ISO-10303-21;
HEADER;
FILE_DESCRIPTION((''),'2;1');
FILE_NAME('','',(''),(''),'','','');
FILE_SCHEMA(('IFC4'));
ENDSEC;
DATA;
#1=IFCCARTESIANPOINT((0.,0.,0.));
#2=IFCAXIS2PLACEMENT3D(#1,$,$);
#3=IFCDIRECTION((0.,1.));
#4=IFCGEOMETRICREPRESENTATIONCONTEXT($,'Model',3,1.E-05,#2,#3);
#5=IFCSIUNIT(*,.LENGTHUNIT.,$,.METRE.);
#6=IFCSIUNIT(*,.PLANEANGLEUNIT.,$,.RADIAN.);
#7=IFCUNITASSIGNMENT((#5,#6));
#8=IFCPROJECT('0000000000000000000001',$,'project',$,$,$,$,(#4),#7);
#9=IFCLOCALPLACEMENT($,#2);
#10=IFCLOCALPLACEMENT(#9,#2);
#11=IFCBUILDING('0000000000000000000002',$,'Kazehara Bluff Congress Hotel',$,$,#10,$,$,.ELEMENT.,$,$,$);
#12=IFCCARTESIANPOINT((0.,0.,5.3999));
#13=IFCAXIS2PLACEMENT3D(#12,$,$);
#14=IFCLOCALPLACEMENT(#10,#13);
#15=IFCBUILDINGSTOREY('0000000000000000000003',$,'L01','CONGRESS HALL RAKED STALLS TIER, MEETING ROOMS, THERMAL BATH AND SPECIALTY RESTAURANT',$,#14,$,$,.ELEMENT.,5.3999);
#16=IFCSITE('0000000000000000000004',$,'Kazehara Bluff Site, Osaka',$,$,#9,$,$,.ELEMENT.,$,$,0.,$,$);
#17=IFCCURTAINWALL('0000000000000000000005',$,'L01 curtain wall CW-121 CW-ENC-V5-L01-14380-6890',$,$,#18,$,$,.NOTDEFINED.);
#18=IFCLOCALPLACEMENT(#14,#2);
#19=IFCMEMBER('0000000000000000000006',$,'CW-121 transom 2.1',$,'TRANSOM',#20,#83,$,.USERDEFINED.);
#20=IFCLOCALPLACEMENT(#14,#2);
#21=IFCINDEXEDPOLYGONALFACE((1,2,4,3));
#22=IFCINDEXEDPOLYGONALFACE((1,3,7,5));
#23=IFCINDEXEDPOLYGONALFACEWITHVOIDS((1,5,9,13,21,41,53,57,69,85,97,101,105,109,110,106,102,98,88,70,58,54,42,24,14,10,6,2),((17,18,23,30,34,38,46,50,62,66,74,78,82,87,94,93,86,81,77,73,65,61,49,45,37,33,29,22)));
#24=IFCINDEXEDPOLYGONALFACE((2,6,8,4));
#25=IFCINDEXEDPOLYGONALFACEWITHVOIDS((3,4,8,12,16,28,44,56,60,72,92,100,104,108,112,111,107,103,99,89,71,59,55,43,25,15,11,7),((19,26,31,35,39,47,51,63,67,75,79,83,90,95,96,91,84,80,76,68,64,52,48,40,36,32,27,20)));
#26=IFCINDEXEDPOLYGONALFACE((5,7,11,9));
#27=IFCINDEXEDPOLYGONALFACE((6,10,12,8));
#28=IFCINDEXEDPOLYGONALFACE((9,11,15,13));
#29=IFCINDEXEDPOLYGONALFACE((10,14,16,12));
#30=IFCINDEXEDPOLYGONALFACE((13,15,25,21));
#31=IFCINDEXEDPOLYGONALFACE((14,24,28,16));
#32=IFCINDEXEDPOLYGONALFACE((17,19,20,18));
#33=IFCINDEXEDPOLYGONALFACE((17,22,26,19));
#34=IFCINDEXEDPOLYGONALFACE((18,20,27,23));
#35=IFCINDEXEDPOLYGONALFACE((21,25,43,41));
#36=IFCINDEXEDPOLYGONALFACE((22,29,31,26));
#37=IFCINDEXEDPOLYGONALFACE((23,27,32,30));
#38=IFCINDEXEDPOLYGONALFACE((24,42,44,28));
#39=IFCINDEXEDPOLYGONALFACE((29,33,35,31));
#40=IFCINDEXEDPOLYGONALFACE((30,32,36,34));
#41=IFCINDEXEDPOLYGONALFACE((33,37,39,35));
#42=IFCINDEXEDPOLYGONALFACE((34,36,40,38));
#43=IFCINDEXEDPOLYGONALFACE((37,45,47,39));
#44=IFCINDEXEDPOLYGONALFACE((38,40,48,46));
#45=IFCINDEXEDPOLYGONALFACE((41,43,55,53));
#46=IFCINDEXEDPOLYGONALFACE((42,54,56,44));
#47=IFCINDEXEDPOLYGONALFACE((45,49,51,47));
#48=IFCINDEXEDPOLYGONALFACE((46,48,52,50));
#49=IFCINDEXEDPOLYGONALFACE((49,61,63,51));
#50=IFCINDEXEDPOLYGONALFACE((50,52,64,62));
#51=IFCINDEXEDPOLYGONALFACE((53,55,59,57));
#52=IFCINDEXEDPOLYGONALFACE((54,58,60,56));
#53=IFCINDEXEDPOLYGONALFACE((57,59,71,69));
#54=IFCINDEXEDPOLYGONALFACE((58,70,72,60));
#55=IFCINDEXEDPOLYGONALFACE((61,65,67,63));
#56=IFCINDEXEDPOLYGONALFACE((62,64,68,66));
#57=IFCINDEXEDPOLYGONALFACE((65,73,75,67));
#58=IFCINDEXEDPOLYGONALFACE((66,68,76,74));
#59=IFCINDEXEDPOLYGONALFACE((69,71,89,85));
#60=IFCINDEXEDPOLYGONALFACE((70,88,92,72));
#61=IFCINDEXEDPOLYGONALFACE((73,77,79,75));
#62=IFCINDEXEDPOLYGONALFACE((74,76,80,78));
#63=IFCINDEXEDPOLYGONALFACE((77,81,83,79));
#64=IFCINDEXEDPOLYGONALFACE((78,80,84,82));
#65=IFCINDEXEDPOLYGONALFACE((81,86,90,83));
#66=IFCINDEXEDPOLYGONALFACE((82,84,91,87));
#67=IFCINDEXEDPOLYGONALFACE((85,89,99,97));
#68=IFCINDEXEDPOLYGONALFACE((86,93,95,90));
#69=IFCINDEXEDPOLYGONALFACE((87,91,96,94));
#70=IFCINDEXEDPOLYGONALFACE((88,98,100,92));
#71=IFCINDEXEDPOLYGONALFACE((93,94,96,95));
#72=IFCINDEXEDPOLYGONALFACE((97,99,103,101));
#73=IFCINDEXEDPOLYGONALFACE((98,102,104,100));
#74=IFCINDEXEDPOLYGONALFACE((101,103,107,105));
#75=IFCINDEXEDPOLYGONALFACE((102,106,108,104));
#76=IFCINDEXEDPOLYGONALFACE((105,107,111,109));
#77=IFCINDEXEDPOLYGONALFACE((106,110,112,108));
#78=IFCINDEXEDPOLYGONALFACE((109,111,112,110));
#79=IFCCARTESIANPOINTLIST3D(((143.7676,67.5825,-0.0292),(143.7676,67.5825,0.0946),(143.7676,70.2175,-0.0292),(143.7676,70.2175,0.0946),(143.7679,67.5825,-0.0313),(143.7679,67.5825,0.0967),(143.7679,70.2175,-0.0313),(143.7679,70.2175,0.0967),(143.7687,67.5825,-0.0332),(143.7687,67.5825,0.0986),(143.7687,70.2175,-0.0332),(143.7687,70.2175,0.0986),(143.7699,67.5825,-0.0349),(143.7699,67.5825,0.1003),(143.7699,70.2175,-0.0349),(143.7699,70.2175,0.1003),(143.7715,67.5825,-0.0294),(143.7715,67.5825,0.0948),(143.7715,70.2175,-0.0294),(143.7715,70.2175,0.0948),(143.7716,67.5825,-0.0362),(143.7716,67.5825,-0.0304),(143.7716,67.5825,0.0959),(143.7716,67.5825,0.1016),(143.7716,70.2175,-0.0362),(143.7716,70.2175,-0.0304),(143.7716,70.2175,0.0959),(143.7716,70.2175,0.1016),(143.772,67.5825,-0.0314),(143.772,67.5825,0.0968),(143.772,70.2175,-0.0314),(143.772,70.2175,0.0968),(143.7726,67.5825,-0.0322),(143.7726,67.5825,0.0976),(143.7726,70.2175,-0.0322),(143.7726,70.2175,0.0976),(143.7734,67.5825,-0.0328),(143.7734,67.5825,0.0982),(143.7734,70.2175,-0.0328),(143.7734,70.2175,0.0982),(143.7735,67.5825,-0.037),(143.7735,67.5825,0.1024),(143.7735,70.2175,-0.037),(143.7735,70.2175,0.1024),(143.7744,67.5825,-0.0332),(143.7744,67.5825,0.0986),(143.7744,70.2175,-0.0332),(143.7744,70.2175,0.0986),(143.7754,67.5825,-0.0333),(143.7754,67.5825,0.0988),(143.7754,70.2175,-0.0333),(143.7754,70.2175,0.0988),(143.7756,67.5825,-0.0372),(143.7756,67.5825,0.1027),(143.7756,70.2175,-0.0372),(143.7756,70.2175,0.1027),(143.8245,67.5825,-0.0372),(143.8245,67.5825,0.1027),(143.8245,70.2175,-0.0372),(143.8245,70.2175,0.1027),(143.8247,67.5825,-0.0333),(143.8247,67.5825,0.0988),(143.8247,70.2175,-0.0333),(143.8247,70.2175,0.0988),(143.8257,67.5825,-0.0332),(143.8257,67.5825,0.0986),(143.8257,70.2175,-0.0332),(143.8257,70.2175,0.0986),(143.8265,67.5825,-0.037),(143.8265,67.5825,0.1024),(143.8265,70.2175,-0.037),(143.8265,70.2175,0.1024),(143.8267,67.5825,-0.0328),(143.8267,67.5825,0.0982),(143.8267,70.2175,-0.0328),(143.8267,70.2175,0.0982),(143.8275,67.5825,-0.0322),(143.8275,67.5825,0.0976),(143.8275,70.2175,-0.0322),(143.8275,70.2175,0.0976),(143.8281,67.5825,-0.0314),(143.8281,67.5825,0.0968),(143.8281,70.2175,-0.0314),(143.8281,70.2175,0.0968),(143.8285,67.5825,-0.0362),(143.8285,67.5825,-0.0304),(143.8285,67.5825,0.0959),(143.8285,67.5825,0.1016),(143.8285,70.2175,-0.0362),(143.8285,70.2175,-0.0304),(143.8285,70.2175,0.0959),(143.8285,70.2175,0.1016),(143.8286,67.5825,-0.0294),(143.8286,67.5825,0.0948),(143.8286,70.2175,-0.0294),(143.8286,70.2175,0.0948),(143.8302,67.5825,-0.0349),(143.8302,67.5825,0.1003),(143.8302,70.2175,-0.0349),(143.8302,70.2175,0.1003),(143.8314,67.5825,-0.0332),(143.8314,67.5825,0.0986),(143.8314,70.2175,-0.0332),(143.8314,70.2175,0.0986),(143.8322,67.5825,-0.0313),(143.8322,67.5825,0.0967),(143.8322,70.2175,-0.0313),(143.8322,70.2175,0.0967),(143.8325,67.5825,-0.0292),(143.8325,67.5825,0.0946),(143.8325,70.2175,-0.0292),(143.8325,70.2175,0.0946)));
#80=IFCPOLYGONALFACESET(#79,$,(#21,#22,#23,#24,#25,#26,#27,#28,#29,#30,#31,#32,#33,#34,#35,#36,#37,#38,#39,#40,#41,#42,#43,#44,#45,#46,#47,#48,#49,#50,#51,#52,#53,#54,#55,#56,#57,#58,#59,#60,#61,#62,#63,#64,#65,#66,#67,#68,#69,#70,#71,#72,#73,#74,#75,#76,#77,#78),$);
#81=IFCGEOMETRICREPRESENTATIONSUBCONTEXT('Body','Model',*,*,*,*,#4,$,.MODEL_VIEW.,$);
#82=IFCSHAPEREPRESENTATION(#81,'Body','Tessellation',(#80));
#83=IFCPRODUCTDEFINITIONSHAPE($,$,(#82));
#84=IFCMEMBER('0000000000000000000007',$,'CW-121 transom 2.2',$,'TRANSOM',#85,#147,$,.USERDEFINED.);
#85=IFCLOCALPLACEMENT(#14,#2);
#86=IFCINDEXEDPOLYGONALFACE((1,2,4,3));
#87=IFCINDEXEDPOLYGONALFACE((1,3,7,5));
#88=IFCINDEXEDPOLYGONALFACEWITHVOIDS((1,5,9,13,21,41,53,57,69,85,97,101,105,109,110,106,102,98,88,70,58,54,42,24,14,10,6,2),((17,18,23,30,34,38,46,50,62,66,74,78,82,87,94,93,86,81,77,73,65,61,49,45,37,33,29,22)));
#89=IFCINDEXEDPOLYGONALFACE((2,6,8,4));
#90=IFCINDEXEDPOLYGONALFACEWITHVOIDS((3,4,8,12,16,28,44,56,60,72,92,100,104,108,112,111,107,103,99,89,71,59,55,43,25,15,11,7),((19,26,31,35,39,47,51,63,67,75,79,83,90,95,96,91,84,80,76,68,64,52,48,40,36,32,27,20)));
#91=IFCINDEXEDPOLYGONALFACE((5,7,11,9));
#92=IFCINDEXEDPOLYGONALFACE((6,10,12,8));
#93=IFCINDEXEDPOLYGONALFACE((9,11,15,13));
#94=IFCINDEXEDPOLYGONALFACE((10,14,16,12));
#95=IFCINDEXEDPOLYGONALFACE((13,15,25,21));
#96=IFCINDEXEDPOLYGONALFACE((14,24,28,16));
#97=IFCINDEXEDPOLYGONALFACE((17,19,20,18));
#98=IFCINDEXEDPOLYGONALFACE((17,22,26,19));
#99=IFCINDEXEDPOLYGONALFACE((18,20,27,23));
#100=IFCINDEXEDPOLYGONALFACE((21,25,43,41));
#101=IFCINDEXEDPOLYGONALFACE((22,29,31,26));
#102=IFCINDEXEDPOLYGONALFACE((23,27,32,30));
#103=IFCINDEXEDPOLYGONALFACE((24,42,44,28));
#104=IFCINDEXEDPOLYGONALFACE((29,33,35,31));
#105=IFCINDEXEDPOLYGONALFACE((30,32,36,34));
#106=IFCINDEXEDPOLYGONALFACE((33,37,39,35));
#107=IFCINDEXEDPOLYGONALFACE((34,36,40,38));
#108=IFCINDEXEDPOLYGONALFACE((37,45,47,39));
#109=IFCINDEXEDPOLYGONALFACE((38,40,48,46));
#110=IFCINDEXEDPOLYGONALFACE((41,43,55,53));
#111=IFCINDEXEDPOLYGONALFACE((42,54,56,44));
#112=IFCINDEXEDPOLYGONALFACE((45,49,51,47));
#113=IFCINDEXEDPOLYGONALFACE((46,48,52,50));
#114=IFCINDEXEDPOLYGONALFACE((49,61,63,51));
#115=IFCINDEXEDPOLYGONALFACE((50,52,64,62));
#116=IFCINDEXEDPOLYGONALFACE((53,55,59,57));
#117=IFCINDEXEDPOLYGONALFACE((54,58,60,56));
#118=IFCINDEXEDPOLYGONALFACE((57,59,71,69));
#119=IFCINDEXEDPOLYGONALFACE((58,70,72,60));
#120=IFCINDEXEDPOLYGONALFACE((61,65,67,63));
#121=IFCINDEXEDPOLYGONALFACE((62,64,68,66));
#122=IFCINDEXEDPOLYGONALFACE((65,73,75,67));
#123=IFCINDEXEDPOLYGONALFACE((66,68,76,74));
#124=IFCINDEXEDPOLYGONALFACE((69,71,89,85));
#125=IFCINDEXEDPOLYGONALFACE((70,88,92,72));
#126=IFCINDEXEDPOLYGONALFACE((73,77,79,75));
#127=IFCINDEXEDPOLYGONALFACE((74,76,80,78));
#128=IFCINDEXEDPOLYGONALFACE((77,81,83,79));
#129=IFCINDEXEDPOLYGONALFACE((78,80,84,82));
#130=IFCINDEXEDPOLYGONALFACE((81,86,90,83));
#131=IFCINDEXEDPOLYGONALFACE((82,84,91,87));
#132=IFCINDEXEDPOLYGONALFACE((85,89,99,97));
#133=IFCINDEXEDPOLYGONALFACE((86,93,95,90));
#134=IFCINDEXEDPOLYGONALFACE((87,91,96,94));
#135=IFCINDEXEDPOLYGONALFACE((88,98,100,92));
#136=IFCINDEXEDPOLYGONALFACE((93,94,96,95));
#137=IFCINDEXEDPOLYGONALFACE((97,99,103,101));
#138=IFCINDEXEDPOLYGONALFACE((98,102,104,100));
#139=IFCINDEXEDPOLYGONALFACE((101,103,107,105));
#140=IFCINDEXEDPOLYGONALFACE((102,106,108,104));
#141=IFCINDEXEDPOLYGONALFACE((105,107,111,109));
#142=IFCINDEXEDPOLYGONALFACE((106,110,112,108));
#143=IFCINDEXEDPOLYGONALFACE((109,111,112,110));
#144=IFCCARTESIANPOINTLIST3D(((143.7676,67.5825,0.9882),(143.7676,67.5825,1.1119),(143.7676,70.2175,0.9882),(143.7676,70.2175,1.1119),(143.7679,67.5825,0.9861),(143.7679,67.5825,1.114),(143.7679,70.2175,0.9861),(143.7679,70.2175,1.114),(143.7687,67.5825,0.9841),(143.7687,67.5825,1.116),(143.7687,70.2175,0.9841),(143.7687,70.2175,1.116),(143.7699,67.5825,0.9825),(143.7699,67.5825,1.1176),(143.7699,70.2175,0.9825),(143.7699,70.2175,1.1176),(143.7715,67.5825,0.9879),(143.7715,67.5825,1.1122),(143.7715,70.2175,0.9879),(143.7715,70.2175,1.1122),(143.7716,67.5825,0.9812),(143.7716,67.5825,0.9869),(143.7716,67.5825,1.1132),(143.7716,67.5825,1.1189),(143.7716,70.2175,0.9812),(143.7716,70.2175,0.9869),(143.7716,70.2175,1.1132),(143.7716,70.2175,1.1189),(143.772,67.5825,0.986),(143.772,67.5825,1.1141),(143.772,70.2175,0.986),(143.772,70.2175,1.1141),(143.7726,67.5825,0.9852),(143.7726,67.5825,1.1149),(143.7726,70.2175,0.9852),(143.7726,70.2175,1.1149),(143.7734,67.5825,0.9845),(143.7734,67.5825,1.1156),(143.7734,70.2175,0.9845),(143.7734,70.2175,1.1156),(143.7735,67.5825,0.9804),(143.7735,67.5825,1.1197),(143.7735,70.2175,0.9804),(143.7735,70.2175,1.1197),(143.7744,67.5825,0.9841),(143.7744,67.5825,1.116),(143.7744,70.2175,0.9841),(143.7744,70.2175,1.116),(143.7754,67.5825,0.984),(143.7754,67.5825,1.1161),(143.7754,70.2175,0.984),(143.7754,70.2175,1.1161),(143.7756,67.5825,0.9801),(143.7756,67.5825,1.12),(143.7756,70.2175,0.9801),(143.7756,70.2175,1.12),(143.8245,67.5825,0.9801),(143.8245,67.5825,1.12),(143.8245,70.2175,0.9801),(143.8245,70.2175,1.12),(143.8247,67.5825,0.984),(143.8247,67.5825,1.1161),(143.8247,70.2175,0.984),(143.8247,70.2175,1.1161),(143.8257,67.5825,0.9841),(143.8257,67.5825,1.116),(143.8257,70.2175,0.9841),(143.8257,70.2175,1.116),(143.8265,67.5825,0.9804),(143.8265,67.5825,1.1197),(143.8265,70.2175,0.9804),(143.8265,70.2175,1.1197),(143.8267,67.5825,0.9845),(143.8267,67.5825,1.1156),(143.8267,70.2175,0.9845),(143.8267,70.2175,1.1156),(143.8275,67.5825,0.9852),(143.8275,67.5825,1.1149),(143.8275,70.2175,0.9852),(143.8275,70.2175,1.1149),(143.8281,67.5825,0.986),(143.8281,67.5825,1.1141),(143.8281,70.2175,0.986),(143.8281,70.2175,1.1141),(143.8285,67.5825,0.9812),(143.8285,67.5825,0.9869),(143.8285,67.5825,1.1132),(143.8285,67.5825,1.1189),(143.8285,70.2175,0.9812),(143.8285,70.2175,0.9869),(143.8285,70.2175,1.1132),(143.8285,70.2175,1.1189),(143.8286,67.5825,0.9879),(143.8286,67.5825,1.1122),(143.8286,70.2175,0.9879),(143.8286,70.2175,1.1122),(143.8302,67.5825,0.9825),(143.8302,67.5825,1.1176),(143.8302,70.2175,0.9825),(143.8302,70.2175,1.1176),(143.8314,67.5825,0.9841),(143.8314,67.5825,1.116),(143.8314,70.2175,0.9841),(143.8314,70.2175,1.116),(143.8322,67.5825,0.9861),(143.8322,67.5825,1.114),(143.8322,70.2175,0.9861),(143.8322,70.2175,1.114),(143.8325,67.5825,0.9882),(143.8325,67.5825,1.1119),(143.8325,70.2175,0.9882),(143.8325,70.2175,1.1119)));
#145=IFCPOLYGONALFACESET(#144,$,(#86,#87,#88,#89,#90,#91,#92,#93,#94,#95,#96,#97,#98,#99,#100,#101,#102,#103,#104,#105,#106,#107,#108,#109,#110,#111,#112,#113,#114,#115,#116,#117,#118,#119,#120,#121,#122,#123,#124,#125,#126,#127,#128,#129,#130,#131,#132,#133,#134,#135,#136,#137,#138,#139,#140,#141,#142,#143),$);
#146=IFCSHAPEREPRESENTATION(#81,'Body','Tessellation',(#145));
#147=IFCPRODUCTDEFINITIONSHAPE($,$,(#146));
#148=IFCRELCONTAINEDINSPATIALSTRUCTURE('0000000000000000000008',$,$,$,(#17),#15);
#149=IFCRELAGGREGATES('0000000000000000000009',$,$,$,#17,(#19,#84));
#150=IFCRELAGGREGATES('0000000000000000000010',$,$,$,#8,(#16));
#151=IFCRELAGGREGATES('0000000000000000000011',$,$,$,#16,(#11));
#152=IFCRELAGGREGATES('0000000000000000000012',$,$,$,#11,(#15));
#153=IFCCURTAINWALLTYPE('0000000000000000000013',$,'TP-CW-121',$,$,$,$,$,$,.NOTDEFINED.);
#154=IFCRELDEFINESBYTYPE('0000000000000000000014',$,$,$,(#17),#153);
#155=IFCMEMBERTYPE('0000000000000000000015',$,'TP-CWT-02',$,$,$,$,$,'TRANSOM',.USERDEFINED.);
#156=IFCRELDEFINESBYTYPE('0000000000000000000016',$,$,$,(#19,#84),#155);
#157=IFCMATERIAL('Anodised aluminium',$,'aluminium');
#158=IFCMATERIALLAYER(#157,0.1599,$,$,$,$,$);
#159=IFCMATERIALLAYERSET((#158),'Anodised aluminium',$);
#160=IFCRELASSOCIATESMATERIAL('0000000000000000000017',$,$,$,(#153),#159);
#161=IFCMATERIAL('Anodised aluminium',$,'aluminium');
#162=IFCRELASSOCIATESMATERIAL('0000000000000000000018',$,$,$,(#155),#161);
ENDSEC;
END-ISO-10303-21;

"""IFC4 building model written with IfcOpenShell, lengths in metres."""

from ifc_helpers import new_model, si_unit, direction, frame, origin, origin_2d, place, context, subcontext, project, spatial, hollow_rectangle, extrude, material, layer, layer_set, material_profile, profile_set, type_object, element, aggregate, save


model = new_model("IFC4")

# Units and contexts
model_context = context("Model", 3, precision=1e-05, world=origin(), true_north=direction((0.0, 1.0)))
body_context = subcontext(model_context, "Body", "Model", "MODEL_VIEW")
ifc_project = project(units=[si_unit("LENGTHUNIT", "METRE"), si_unit("PLANEANGLEUNIT", "RADIAN")], contexts=[model_context])

# Site, building, storey
site_placement = place(None, origin())
site = spatial("IfcSite", under=ifc_project, at=site_placement, Name="Kazehara Bluff Site, Osaka", CompositionType="ELEMENT", RefElevation=0.0)
building_placement = place(site_placement, origin())
building = spatial("IfcBuilding", under=site, at=building_placement, Name="Kazehara Bluff Congress Hotel", CompositionType="ELEMENT")
storey_placement = place(building_placement, frame((0.0, 0.0, 5.3999)))
storey = spatial("IfcBuildingStorey", under=building, at=storey_placement, Name="L01", Description="CONGRESS HALL RAKED STALLS TIER, MEETING ROOMS, THERMAL BATH AND SPECIALTY RESTAURANT", CompositionType="ELEMENT", Elevation=5.3999)

# Curtain wall
ifc_material_1 = material(Name="Anodised aluminium", Category="aluminium")
ifc_layer_1 = layer(ifc_material_1, 0.1599)
ifc_layer_set_1 = layer_set([ifc_layer_1], Name="Anodised aluminium")
curtain_wall_type_1 = type_object("IfcCurtainWallType", Name="TP-CW-121", PredefinedType="NOTDEFINED", material=ifc_layer_set_1)
curtain_wall_1_placement = place(storey_placement, origin())
curtain_wall_1 = element("IfcCurtainWall", 1, at=curtain_wall_1_placement, inside=storey, type_object=curtain_wall_type_1, Name="L01 curtain wall CW-121 CW-ENC-V5-L01-14380-6890", PredefinedType="NOTDEFINED")

# Members
ifc_material_2 = material(Name="Anodised aluminium", Category="aluminium")
ifc_material_profile_1 = material_profile(ifc_material_2, hollow_rectangle(XDim=0.0649, YDim=0.1399, WallThickness=0.0039, InnerFilletRadius=0.0039, OuterFilletRadius=0.0081, at=origin_2d()))
ifc_profile_set_1 = profile_set([ifc_material_profile_1], Name="Anodised aluminium")
member_type_1 = type_object("IfcMemberType", Name="TP-CWT-02", ElementType="TRANSOM", PredefinedType="USERDEFINED", material=ifc_profile_set_1)
member_1_placement = place(storey_placement, frame((143.8, 67.5825, 0.0327), z_axis=(0.0, 1.0, 0.0), x_axis=(-1.0, 0.0, 0.0)))
member_1 = element("IfcMember", 2, at=member_1_placement, type_object=member_type_1, Name="CW-121 transom 2.1", ObjectType="TRANSOM", PredefinedType="USERDEFINED", context=body_context, shape_type="SweptSolid", body=[
    extrude(hollow_rectangle(XDim=0.0649, YDim=0.1399, WallThickness=0.0039, InnerFilletRadius=0.0039, OuterFilletRadius=0.0081, at=origin_2d()), origin(), (0.0, 0.0, 1.0), 2.635),
])
member_2_placement = place(storey_placement, frame((143.8, 67.5825, 1.05), z_axis=(0.0, 1.0, 0.0), x_axis=(-1.0, 0.0, 0.0)))
member_2 = element("IfcMember", 3, at=member_2_placement, type_object=member_type_1, Name="CW-121 transom 2.2", ObjectType="TRANSOM", PredefinedType="USERDEFINED", context=body_context, shape_type="SweptSolid", body=[
    extrude(hollow_rectangle(XDim=0.0649, YDim=0.1399, WallThickness=0.0039, InnerFilletRadius=0.0039, OuterFilletRadius=0.0081, at=origin_2d()), origin(), (0.0, 0.0, 1.0), 2.635),
])

aggregate(curtain_wall_1, [member_1, member_2])

save(model, "model.ifc")
